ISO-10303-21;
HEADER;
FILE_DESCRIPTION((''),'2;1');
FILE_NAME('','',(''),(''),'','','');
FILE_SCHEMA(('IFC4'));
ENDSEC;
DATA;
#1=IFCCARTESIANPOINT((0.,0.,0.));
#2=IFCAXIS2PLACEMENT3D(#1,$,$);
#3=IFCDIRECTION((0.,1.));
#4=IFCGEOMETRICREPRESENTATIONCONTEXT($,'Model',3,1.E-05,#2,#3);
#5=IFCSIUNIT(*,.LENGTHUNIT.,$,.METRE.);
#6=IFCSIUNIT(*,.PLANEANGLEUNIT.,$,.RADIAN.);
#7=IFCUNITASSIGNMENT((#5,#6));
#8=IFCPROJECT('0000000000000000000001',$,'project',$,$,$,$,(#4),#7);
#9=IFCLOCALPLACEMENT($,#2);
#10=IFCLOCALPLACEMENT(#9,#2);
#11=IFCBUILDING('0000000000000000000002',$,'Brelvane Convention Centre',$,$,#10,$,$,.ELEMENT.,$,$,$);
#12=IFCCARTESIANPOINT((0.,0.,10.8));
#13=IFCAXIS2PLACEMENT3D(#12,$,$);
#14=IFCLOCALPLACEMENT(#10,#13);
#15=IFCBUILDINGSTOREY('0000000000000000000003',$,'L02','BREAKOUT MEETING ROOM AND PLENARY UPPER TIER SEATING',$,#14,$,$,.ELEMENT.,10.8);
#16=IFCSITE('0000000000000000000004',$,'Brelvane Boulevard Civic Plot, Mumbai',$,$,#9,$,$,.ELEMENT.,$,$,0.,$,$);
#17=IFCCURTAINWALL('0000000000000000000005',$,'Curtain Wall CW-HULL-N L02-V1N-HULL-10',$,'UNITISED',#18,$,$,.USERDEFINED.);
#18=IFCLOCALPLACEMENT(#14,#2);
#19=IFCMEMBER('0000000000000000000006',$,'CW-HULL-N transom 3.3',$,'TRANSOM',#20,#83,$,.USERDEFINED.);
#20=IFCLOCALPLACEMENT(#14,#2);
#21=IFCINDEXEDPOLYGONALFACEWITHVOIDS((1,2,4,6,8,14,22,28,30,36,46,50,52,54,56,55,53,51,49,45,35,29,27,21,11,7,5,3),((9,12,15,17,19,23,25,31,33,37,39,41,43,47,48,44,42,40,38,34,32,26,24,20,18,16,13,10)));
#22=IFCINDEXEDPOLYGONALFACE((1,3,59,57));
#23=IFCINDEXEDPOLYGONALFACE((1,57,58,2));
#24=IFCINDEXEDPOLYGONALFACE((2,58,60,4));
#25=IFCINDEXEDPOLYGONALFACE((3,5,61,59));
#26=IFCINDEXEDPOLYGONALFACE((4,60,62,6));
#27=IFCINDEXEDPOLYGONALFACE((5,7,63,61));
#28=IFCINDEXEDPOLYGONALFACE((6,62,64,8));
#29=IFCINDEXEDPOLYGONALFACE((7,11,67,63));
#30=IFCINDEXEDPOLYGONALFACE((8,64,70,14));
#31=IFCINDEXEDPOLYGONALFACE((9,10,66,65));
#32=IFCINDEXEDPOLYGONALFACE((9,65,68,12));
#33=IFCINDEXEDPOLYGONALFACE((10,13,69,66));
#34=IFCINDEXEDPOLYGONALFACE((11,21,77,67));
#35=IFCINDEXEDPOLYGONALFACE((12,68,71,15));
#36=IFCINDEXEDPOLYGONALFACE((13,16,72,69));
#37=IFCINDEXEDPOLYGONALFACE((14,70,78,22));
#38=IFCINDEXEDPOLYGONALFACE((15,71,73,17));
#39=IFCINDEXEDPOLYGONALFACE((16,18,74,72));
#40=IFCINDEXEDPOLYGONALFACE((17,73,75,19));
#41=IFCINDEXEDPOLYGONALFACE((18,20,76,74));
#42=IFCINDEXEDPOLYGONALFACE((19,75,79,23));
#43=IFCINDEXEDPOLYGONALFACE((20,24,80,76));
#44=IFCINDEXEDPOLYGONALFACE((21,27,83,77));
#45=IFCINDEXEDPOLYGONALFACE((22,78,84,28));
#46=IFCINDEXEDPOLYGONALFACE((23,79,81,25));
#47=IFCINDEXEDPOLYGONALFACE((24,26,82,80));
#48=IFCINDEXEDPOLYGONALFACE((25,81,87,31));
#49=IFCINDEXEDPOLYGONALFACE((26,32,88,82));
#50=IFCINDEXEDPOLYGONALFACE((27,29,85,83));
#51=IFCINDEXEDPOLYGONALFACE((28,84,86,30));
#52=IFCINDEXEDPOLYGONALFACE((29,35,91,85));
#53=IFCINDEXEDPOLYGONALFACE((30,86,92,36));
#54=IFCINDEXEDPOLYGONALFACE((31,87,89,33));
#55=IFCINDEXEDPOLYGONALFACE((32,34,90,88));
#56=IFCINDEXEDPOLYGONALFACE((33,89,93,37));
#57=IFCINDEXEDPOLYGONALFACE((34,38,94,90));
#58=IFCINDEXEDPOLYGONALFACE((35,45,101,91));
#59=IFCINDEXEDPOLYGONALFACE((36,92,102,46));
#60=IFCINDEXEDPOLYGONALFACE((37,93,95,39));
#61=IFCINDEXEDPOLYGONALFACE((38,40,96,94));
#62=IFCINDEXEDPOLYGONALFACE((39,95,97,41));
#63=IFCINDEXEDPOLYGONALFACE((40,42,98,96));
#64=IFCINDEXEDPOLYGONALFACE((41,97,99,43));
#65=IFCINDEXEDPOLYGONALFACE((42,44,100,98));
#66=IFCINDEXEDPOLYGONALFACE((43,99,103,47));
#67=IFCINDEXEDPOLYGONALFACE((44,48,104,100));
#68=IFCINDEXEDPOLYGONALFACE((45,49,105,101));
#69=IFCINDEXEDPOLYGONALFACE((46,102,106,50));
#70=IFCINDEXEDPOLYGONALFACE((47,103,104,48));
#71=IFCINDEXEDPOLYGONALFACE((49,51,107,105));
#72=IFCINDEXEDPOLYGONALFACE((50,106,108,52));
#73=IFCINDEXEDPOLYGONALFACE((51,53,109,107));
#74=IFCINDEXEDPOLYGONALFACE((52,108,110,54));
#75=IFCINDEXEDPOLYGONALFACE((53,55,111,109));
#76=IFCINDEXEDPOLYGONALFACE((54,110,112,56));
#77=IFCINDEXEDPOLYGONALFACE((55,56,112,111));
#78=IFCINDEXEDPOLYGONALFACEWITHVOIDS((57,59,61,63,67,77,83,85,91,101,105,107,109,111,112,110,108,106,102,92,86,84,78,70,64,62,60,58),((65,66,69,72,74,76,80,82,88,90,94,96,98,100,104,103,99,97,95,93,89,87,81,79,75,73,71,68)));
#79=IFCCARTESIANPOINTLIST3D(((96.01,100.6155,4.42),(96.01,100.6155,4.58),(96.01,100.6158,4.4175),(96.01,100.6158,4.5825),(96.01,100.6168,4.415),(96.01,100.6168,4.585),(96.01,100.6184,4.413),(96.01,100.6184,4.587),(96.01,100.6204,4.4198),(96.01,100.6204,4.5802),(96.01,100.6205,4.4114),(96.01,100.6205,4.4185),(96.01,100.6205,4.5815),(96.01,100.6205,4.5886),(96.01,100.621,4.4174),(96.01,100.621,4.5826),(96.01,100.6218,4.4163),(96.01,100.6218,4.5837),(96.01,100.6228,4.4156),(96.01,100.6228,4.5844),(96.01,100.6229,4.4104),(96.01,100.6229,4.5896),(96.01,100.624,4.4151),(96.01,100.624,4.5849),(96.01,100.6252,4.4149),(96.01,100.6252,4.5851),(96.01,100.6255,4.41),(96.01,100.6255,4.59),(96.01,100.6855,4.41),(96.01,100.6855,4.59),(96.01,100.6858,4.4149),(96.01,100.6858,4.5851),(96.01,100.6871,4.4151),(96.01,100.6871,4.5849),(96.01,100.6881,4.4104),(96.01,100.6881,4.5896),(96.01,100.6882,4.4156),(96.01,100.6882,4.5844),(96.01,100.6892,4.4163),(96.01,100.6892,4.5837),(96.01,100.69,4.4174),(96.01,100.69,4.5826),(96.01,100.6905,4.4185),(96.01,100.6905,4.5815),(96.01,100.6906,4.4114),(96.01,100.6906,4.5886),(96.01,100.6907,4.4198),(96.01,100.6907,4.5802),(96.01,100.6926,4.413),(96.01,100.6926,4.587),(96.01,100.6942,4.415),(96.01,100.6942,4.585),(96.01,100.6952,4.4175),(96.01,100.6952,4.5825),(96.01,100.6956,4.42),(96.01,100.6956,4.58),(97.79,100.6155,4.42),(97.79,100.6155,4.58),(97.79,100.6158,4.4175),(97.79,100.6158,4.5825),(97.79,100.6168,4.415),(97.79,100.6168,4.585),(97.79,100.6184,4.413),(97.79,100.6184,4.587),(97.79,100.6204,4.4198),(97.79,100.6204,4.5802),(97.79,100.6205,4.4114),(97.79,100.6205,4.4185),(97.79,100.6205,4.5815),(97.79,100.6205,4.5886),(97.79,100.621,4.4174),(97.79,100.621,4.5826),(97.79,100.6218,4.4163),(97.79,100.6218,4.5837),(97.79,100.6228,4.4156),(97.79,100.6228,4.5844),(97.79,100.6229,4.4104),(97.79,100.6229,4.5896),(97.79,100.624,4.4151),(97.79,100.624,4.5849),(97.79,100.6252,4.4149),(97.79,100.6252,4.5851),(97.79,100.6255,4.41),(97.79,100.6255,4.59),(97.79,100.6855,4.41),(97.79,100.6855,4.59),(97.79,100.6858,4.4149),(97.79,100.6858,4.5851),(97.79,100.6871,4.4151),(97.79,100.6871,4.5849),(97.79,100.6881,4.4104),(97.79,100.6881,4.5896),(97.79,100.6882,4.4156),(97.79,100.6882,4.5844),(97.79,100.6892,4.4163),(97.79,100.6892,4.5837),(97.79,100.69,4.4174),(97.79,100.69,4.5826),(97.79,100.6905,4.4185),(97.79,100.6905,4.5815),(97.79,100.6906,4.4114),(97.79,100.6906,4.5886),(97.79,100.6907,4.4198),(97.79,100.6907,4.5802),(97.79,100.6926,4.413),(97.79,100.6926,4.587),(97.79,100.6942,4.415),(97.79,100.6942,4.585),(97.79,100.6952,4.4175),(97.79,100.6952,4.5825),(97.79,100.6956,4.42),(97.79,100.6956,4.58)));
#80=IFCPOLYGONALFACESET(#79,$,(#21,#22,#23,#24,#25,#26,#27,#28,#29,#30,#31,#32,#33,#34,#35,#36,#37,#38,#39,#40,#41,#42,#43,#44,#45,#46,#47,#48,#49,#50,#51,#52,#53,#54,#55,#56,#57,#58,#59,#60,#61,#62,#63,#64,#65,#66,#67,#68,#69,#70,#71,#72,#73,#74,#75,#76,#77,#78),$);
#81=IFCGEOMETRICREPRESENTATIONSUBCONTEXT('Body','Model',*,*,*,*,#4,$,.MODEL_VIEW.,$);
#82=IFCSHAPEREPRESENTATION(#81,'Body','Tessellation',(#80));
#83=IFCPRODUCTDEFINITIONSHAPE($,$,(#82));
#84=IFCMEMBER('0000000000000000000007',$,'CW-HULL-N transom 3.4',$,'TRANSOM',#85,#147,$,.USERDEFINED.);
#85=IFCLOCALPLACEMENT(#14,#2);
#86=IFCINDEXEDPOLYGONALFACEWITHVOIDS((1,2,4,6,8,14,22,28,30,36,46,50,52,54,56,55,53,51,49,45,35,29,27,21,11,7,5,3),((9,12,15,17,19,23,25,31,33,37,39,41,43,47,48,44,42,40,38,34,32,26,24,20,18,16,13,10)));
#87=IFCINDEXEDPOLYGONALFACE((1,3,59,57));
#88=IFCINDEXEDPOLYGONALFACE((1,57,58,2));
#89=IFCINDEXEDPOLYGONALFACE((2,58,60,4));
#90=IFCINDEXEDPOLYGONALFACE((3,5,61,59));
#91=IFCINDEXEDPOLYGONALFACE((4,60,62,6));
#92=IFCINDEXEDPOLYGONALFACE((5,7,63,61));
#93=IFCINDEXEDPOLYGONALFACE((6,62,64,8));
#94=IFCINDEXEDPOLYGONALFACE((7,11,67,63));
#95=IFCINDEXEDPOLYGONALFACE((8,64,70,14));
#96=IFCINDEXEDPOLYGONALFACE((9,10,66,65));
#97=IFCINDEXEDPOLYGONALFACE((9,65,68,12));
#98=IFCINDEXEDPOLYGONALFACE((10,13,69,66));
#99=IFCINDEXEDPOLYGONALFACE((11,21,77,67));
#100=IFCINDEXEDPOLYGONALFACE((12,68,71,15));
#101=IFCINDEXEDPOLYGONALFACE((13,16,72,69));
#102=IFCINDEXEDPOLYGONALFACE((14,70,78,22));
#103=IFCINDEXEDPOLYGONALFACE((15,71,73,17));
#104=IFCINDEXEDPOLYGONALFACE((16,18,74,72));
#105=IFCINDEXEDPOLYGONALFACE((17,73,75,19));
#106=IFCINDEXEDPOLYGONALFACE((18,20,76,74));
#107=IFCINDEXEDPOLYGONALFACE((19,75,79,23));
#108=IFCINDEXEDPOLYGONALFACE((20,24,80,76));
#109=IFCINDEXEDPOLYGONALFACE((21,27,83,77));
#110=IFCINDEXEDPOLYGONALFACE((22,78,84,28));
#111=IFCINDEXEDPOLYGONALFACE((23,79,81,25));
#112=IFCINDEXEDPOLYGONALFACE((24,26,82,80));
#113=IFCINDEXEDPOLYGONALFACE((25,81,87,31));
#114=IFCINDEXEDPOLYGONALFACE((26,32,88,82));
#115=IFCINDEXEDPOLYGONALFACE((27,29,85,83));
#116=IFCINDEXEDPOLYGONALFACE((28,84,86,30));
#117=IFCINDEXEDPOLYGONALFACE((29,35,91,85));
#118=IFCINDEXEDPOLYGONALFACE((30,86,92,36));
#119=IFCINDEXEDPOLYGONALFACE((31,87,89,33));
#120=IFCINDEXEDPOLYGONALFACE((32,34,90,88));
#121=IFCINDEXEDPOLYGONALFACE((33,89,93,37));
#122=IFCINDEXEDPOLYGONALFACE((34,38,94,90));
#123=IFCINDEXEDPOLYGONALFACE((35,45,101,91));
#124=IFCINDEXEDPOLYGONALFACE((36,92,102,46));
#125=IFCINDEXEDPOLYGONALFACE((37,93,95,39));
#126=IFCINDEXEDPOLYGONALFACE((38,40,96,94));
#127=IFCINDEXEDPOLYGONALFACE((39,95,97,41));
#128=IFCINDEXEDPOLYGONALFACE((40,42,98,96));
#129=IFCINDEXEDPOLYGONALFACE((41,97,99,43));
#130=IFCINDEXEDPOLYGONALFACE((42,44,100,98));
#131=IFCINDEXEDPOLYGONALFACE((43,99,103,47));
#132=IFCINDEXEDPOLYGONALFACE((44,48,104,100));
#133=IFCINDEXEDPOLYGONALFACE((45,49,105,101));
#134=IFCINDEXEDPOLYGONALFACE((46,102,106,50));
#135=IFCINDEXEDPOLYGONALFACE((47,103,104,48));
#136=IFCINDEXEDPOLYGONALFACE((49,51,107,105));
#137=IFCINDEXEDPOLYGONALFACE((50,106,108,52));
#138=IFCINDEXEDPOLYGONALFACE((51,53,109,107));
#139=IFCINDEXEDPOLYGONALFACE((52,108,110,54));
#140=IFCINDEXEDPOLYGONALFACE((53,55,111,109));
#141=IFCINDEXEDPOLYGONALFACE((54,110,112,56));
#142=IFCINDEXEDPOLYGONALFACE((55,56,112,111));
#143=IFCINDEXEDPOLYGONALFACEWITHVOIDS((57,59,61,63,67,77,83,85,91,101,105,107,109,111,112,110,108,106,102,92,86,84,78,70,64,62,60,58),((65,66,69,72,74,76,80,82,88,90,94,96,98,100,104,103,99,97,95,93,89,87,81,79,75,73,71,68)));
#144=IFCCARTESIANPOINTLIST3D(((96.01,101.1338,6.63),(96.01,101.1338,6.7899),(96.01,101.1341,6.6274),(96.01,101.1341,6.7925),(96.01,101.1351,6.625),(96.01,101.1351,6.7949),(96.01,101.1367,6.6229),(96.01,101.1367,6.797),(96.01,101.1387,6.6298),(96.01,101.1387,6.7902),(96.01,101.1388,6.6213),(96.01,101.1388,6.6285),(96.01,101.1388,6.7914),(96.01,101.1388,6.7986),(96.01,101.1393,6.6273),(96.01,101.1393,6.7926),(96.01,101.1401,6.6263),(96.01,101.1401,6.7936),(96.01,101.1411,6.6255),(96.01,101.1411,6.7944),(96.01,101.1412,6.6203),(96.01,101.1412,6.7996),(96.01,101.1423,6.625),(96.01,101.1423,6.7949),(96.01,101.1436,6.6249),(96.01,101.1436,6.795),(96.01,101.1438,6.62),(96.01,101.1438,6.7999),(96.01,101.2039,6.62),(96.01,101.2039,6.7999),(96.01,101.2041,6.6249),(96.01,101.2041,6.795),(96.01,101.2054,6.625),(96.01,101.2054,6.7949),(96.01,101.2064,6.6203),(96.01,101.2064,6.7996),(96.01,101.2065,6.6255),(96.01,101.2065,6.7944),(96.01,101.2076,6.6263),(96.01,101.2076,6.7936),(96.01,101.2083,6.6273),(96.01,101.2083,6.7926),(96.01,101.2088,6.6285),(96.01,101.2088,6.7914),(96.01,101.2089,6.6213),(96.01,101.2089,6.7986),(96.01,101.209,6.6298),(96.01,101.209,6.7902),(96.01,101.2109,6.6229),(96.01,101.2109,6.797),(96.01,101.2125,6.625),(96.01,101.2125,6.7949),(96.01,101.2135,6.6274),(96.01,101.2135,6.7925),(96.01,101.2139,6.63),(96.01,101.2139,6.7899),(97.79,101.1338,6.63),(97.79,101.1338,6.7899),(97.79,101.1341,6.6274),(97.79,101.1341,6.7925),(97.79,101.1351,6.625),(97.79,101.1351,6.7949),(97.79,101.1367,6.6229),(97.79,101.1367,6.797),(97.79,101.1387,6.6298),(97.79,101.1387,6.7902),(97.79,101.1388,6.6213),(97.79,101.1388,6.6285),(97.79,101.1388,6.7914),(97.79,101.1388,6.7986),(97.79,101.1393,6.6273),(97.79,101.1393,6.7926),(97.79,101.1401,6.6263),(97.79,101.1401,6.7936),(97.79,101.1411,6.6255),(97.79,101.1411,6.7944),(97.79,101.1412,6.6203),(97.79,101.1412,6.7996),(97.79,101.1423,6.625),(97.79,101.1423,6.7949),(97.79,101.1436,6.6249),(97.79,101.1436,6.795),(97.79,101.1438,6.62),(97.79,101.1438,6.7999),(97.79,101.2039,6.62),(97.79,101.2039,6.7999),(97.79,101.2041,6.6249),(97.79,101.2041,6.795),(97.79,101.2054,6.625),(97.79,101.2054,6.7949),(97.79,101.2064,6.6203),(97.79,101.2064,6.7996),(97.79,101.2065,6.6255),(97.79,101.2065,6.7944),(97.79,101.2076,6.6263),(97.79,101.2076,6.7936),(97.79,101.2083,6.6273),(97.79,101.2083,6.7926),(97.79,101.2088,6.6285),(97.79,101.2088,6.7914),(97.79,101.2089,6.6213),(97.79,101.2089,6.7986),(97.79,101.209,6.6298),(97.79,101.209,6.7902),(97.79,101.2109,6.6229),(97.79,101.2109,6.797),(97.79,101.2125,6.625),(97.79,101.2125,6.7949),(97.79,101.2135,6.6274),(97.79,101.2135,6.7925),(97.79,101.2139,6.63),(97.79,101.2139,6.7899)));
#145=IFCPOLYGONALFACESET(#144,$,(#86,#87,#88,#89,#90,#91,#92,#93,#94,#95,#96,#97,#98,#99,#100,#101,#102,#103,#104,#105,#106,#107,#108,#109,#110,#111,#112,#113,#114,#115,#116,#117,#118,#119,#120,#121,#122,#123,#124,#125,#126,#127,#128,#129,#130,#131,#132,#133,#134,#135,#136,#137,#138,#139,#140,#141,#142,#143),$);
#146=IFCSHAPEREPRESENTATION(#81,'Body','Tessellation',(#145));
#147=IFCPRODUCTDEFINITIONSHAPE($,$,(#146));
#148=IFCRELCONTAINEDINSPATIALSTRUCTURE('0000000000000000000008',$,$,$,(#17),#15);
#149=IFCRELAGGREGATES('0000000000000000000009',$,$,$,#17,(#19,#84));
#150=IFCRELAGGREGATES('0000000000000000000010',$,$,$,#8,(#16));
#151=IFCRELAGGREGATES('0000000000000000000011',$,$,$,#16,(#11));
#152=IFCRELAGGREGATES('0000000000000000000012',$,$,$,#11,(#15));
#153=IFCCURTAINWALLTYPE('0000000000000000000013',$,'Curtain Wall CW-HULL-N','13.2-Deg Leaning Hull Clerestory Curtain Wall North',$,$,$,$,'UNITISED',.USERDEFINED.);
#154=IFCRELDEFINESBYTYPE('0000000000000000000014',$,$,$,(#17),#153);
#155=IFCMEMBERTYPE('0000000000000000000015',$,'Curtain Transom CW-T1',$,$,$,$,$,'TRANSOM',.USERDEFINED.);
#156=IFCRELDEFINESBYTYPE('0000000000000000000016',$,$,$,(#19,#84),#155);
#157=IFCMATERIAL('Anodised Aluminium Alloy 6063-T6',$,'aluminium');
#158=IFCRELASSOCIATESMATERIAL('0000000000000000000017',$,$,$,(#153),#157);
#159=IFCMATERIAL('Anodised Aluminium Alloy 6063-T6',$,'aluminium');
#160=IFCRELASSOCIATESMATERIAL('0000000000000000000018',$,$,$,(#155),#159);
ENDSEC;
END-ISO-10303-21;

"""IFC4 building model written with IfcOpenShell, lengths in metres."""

from ifc_helpers import new_model, si_unit, direction, frame, origin, origin_2d, place, context, subcontext, project, spatial, hollow_rectangle, extrude, material, material_profile, profile_set, type_object, element, aggregate, save


model = new_model("IFC4")

# Units and contexts
model_context = context("Model", 3, precision=1e-05, world=origin(), true_north=direction((0.0, 1.0)))
body_context = subcontext(model_context, "Body", "Model", "MODEL_VIEW")
ifc_project = project(units=[si_unit("LENGTHUNIT", "METRE"), si_unit("PLANEANGLEUNIT", "RADIAN")], contexts=[model_context])

# Site, building, storey
site_placement = place(None, origin())
site = spatial("IfcSite", under=ifc_project, at=site_placement, Name="Brelvane Boulevard Civic Plot, Mumbai", CompositionType="ELEMENT", RefElevation=0.0)
building_placement = place(site_placement, origin())
building = spatial("IfcBuilding", under=site, at=building_placement, Name="Brelvane Convention Centre", CompositionType="ELEMENT")
storey_placement = place(building_placement, frame((0.0, 0.0, 10.8)))
storey = spatial("IfcBuildingStorey", under=building, at=storey_placement, Name="L02", Description="BREAKOUT MEETING ROOM AND PLENARY UPPER TIER SEATING", CompositionType="ELEMENT", Elevation=10.8)

# Curtain wall, members
ifc_material_1 = material(Name="Anodised Aluminium Alloy 6063-T6", Category="aluminium")
curtain_wall_type = type_object("IfcCurtainWallType", Name="Curtain Wall CW-HULL-N", Description="13.2-Deg Leaning Hull Clerestory Curtain Wall North", ElementType="UNITISED", PredefinedType="USERDEFINED", material=ifc_material_1)
curtain_wall_placement = place(storey_placement, origin())
curtain_wall = element("IfcCurtainWall", 1, at=curtain_wall_placement, inside=storey, type_object=curtain_wall_type, Name="Curtain Wall CW-HULL-N L02-V1N-HULL-10", ObjectType="UNITISED", PredefinedType="USERDEFINED")
ifc_material_2 = material(Name="Anodised Aluminium Alloy 6063-T6", Category="aluminium")
ifc_material_profile_1 = material_profile(ifc_material_2, hollow_rectangle(XDim=0.0801, YDim=0.1799, WallThickness=0.0049, InnerFilletRadius=0.0049, OuterFilletRadius=0.01, at=origin_2d()), Name="ALU-T 180x80x5.0")
ifc_profile_set_1 = profile_set([ifc_material_profile_1], Name="Anodised Aluminium Alloy 6063-T6")
member_type_1 = type_object("IfcMemberType", Name="Curtain Transom CW-T1", ElementType="TRANSOM", PredefinedType="USERDEFINED", material=ifc_profile_set_1)
member_1_placement = place(storey_placement, frame((96.01, 100.6555, 4.5), z_axis=(1.0, 0.0, 0.0), x_axis=(0.0, 1.0, 0.0)))
member_1 = element("IfcMember", 2, at=member_1_placement, type_object=member_type_1, Name="CW-HULL-N transom 3.3", ObjectType="TRANSOM", PredefinedType="USERDEFINED", context=body_context, shape_type="SweptSolid", body=[
    extrude(hollow_rectangle(XDim=0.0801, YDim=0.1799, WallThickness=0.0049, InnerFilletRadius=0.0049, OuterFilletRadius=0.01, at=origin_2d()), origin(), (0.0, 0.0, 1.0), 1.78),
])
member_2_placement = place(storey_placement, frame((96.01, 101.1738, 6.71), z_axis=(1.0, 0.0, 0.0), x_axis=(0.0, 1.0, 0.0)))
member_2 = element("IfcMember", 3, at=member_2_placement, type_object=member_type_1, Name="CW-HULL-N transom 3.4", ObjectType="TRANSOM", PredefinedType="USERDEFINED", context=body_context, shape_type="SweptSolid", body=[
    extrude(hollow_rectangle(XDim=0.0801, YDim=0.1799, WallThickness=0.0049, InnerFilletRadius=0.0049, OuterFilletRadius=0.01, at=origin_2d()), origin(), (0.0, 0.0, 1.0), 1.78),
])

aggregate(curtain_wall, [member_1, member_2])

save(model, "model.ifc")
